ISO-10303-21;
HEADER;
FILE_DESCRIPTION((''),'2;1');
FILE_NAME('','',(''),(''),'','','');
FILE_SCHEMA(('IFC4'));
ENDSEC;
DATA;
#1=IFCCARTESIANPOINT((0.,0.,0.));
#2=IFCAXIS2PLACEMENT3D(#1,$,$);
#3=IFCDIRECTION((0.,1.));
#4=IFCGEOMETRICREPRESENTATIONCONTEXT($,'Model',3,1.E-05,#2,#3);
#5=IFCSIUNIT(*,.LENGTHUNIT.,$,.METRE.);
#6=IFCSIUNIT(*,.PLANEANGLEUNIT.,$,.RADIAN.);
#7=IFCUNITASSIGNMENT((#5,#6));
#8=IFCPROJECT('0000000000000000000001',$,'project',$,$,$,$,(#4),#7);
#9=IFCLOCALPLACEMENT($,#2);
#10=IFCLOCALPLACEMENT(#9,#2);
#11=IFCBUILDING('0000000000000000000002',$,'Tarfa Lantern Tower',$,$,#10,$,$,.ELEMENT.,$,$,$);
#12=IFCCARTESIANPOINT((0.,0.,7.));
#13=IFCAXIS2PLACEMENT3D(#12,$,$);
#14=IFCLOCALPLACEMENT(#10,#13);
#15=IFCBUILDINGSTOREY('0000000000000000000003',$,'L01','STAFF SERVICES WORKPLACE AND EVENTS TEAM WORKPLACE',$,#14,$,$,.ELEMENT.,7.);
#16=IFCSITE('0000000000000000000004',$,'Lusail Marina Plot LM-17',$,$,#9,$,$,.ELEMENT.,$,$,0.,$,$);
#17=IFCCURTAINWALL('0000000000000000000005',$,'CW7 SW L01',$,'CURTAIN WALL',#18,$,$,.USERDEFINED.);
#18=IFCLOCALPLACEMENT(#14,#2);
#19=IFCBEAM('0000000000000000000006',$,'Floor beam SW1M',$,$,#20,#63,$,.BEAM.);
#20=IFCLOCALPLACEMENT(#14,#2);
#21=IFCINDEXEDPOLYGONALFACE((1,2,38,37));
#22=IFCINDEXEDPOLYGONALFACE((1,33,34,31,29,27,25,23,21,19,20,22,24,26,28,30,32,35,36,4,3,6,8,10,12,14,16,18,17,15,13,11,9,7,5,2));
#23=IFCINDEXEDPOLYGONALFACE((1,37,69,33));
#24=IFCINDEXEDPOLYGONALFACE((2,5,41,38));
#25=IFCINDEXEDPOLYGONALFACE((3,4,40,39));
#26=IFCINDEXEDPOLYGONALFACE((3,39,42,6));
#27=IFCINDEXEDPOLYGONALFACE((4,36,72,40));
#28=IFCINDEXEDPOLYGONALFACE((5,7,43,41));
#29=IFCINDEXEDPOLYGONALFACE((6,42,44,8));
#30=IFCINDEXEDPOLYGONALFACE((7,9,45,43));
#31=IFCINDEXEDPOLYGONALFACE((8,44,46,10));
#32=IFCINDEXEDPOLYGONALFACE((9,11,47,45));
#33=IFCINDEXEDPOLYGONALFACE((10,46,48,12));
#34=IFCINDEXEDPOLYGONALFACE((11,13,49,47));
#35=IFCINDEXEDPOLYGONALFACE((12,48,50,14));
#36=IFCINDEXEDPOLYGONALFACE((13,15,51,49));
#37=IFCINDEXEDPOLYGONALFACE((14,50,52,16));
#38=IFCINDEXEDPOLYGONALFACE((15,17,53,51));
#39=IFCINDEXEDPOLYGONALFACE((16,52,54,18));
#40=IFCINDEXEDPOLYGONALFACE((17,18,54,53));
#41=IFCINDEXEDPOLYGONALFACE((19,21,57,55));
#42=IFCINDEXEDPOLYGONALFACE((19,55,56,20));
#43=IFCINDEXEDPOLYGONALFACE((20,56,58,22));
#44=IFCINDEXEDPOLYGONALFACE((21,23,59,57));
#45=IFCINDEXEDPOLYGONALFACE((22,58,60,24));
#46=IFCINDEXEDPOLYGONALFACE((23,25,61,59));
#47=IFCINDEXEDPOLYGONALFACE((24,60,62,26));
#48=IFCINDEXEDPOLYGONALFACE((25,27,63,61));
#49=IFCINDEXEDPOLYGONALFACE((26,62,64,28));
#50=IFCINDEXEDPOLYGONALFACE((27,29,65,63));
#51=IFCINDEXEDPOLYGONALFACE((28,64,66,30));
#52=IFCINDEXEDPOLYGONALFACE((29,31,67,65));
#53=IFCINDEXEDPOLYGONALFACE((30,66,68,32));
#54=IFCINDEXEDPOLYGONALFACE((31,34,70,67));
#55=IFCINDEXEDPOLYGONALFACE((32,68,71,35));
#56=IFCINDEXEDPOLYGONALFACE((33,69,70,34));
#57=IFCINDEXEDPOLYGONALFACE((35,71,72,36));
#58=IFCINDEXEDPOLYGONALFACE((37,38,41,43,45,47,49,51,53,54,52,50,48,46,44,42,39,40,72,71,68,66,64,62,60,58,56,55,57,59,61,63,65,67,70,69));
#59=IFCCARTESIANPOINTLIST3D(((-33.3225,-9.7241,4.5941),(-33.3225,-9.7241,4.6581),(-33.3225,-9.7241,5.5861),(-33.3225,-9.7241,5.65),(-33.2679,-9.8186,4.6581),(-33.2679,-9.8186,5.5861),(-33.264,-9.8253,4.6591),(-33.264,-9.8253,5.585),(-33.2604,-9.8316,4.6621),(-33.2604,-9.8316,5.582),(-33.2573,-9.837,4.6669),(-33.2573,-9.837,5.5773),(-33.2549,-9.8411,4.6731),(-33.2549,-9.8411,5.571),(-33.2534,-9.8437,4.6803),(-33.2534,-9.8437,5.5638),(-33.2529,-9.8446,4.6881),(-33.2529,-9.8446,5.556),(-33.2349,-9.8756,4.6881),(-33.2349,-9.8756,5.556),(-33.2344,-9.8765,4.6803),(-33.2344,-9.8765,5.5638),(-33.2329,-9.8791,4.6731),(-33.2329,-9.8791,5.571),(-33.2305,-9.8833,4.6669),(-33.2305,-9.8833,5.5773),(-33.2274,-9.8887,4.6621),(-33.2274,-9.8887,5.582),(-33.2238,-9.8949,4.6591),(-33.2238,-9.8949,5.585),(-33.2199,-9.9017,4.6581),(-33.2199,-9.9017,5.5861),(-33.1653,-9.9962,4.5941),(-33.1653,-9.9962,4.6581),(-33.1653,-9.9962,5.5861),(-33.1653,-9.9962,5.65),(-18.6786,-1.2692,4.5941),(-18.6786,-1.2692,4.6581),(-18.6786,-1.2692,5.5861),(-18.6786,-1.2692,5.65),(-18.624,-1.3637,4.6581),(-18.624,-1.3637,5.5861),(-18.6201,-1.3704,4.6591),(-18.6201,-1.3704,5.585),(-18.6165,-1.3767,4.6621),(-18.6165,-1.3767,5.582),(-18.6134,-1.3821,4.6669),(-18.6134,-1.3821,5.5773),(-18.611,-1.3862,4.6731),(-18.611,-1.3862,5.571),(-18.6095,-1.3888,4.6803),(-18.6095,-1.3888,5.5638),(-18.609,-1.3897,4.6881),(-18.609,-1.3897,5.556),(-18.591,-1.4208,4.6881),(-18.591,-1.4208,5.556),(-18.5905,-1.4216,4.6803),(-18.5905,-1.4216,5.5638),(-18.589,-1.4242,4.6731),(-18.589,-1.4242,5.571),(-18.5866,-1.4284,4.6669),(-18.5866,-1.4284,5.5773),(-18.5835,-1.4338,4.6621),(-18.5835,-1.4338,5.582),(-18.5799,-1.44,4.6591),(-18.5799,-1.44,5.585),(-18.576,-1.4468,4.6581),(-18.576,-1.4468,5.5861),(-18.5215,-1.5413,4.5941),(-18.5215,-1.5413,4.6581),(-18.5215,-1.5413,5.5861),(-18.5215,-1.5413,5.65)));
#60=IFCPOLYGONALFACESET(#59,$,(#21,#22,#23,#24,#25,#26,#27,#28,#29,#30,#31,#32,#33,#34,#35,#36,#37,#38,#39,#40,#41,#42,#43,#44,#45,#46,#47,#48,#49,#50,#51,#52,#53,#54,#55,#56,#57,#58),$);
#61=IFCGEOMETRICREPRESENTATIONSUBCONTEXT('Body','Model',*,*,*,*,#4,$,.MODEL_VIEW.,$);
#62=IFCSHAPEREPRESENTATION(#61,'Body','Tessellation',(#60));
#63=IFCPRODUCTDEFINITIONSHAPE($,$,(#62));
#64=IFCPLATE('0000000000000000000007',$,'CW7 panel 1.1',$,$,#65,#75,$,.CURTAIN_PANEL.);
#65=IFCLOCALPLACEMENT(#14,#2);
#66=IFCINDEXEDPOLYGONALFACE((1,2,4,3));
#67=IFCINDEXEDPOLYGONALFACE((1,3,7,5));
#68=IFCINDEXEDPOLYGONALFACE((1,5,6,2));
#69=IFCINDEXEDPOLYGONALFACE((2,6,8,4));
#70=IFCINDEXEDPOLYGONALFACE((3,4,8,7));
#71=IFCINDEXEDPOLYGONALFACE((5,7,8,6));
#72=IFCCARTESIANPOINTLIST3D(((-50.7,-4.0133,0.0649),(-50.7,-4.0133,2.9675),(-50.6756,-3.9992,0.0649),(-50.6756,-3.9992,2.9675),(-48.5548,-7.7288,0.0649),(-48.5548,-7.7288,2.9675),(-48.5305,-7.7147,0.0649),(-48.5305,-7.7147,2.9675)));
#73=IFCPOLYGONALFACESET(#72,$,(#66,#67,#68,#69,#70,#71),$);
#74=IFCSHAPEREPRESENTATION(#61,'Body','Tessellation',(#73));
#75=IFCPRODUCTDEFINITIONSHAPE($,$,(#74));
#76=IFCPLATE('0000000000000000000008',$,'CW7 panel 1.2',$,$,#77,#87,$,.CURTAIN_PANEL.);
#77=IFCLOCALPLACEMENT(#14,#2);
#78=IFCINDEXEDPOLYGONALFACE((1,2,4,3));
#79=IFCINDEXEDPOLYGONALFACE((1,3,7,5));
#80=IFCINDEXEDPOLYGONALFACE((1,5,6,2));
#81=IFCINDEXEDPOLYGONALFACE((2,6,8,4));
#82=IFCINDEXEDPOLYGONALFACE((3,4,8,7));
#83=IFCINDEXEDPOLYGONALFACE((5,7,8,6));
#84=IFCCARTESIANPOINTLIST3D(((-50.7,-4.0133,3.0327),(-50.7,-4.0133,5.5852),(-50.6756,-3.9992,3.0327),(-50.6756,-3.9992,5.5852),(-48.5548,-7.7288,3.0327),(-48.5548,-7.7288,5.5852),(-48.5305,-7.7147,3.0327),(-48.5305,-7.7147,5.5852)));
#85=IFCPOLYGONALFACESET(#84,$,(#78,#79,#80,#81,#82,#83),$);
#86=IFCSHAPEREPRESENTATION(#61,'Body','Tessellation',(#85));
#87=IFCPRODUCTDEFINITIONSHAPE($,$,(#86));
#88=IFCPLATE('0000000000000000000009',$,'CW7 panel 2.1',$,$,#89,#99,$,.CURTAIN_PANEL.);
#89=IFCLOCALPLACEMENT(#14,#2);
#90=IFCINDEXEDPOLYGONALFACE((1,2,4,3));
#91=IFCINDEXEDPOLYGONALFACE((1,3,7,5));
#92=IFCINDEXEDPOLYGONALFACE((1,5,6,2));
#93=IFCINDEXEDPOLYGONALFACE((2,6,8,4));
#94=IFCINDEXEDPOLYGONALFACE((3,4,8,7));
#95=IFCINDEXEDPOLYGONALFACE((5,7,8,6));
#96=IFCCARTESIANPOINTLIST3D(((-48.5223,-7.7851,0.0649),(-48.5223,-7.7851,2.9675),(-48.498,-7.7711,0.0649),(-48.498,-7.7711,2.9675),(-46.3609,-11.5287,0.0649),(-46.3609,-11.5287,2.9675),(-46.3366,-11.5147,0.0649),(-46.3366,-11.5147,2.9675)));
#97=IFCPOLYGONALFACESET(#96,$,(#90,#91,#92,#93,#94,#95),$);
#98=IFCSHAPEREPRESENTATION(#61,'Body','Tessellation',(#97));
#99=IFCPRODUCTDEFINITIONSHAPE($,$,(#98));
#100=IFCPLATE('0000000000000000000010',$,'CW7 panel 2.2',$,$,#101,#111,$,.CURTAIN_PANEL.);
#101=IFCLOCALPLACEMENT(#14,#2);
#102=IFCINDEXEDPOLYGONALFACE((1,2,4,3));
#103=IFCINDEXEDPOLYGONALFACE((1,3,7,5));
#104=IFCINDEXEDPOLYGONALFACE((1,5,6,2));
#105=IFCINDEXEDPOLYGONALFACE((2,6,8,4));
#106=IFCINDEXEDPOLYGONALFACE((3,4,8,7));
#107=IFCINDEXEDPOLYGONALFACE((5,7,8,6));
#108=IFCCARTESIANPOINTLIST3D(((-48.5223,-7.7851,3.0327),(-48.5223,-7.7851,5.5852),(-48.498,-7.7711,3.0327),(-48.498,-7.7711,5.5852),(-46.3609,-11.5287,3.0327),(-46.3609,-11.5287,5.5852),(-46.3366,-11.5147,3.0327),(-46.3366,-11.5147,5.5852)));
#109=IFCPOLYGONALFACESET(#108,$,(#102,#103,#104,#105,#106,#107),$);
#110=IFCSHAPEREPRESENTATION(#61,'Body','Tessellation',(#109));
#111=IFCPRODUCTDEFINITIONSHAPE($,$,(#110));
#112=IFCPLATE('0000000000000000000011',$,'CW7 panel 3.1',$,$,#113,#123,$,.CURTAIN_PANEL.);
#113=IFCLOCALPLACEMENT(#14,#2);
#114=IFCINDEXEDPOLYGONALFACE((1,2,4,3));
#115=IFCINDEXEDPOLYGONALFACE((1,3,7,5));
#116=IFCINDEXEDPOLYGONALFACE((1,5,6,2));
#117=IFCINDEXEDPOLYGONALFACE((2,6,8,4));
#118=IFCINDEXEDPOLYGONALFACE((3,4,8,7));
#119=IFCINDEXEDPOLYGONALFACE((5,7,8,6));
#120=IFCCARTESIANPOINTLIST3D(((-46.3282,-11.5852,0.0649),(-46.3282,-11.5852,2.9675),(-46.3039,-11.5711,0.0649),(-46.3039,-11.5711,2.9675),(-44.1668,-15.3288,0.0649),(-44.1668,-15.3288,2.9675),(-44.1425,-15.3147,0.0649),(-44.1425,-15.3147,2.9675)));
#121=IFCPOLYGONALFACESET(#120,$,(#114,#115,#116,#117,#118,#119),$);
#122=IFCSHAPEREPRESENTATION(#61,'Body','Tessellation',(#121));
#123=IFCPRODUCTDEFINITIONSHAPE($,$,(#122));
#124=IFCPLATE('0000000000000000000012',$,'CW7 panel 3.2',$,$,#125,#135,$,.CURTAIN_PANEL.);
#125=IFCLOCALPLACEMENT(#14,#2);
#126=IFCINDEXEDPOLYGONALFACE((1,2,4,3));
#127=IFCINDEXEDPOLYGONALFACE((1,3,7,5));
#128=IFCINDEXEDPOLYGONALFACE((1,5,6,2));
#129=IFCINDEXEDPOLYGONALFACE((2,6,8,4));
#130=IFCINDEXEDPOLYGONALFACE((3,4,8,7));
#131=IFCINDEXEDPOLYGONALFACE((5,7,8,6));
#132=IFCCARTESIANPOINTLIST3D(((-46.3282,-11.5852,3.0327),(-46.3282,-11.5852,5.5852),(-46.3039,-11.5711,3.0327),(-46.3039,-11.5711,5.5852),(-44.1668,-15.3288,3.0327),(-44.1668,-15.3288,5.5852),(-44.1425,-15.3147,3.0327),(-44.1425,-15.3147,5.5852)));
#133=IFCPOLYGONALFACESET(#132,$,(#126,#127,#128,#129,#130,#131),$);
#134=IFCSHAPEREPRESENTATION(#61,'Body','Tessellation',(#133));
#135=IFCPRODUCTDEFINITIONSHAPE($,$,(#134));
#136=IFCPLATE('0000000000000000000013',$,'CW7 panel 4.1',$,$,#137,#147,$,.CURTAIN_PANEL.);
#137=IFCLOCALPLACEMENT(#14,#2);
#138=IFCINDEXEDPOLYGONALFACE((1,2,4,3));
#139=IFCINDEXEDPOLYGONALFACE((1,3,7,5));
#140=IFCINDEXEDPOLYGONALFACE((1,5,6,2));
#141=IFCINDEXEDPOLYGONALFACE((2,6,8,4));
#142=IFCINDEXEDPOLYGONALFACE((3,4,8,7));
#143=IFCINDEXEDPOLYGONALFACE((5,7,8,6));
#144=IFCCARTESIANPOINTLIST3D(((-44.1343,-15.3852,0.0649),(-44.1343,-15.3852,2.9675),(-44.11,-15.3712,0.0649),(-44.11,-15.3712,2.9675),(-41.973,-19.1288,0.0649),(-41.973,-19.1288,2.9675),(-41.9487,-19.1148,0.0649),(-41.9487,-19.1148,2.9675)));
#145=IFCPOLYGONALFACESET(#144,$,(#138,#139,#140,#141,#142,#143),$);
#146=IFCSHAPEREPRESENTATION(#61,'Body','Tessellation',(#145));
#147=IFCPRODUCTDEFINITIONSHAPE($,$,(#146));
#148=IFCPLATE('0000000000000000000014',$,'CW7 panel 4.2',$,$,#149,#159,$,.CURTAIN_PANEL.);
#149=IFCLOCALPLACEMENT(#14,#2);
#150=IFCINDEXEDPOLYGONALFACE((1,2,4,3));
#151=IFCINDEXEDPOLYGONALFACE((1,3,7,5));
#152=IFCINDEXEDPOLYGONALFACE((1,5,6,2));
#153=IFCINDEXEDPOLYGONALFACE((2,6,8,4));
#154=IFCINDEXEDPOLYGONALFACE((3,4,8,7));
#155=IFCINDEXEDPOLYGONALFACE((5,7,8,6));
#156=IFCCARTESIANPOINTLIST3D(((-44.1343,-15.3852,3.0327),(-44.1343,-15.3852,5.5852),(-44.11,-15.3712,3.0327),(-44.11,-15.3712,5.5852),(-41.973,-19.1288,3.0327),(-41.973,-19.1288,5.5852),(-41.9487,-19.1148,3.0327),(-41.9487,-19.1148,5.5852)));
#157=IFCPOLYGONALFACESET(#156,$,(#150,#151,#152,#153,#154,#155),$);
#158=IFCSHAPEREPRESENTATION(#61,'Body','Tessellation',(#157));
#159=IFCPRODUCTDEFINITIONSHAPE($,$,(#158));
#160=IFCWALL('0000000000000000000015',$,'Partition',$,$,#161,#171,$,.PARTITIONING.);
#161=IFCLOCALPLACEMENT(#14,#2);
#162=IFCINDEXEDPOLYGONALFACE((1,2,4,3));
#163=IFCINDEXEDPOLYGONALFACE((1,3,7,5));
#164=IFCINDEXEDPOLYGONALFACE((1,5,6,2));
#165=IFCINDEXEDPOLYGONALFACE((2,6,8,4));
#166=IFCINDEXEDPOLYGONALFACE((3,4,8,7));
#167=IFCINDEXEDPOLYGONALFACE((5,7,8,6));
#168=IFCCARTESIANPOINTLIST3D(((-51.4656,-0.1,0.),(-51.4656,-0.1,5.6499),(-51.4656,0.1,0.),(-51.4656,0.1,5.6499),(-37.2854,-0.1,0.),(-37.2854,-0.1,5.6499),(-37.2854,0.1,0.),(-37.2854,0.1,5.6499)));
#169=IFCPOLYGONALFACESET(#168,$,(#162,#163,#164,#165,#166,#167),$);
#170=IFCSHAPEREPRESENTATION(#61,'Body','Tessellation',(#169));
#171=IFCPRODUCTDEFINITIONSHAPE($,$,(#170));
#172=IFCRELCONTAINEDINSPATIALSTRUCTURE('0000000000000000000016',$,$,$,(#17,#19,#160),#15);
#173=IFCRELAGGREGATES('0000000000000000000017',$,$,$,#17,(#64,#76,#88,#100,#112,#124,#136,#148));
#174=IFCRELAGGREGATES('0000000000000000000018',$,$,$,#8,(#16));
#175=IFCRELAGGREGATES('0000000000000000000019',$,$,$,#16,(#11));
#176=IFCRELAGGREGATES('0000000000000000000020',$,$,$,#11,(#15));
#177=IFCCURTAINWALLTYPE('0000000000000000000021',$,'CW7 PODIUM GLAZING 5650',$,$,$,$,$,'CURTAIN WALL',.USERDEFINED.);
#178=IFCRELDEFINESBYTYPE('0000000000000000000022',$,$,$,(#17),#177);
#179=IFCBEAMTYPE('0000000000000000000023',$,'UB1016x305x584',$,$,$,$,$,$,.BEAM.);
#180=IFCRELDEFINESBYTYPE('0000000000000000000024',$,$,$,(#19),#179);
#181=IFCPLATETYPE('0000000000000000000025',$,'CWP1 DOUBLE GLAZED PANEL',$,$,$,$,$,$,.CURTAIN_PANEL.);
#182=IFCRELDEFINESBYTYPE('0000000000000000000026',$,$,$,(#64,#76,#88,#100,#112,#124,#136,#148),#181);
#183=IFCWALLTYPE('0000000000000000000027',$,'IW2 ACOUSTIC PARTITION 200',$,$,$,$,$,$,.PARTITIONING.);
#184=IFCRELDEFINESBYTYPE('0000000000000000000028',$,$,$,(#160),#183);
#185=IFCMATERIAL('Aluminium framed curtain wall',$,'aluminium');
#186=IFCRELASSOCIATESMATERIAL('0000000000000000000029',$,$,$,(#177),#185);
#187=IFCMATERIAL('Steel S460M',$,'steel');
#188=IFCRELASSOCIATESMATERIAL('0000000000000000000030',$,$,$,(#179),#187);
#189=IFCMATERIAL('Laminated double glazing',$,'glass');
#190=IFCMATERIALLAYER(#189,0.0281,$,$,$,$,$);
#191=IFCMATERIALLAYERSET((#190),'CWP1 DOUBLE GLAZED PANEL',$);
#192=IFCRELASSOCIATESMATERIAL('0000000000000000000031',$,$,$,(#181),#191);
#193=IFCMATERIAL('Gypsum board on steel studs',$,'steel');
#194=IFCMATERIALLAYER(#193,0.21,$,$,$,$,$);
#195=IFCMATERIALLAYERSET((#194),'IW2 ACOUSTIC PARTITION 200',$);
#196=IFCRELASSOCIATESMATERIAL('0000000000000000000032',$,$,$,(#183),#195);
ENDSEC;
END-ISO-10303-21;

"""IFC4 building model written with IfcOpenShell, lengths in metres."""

from ifc_helpers import new_model, si_unit, direction, frame, frame_2d, origin, origin_2d, place, context, subcontext, project, spatial, rectangle, i_section, extrude, material, layer, layer_set, material_profile, profile_set, type_object, element, aggregate, save


model = new_model("IFC4")

# Units and contexts
model_context = context("Model", 3, precision=1e-05, world=origin(), true_north=direction((0.0, 1.0)))
body_context = subcontext(model_context, "Body", "Model", "MODEL_VIEW")
ifc_project = project(units=[si_unit("LENGTHUNIT", "METRE"), si_unit("PLANEANGLEUNIT", "RADIAN")], contexts=[model_context])

# Site, building, storey
site_placement = place(None, origin())
site = spatial("IfcSite", under=ifc_project, at=site_placement, Name="Lusail Marina Plot LM-17", CompositionType="ELEMENT", RefElevation=0.0)
building_placement = place(site_placement, origin())
building = spatial("IfcBuilding", under=site, at=building_placement, Name="Tarfa Lantern Tower", CompositionType="ELEMENT")
storey_placement = place(building_placement, frame((0.0, 0.0, 7.0)))
storey = spatial("IfcBuildingStorey", under=building, at=storey_placement, Name="L01", Description="STAFF SERVICES WORKPLACE AND EVENTS TEAM WORKPLACE", CompositionType="ELEMENT", Elevation=7.0)

# Curtain wall
ifc_material_1 = material(Name="Aluminium framed curtain wall", Category="aluminium")
curtain_wall_type = type_object("IfcCurtainWallType", Name="CW7 PODIUM GLAZING 5650", ElementType="CURTAIN WALL", PredefinedType="USERDEFINED", material=ifc_material_1)
curtain_wall_placement = place(storey_placement, origin())
curtain_wall = element("IfcCurtainWall", 1, at=curtain_wall_placement, inside=storey, type_object=curtain_wall_type, Name="CW7 SW L01", ObjectType="CURTAIN WALL", PredefinedType="USERDEFINED")

# Beam
ifc_material_2 = material(Name="Steel S460M", Category="steel")
ifc_material_profile_1 = material_profile(ifc_material_2, i_section(OverallWidth=0.3142, OverallDepth=1.0559, WebThickness=0.0359, FlangeThickness=0.064, FilletRadius=0.03, at=origin_2d()), Name="UB1016x305x584")
ifc_profile_set_1 = profile_set([ifc_material_profile_1], Name="Steel S460M")
beam_type_1 = type_object("IfcBeamType", Name="UB1016x305x584", PredefinedType="BEAM", material=ifc_profile_set_1)
beam_1_placement = place(storey_placement, frame((-33.2439, -9.8601, 5.1221), z_axis=(0.866019, 0.50001, 0.0), x_axis=(-0.50001, 0.866019, 0.0)))
element("IfcBeam", 2, at=beam_1_placement, inside=storey, type_object=beam_type_1, Name="Floor beam SW1M", PredefinedType="BEAM", context=body_context, shape_type="SweptSolid", body=[
    extrude(i_section(OverallWidth=0.3142, OverallDepth=1.0559, WebThickness=0.0359, FlangeThickness=0.064, FilletRadius=0.03, at=origin_2d()), origin(), (0.0, 0.0, 1.0), 16.9094),
])

# Plates
ifc_material_3 = material(Name="Laminated double glazing", Category="glass")
ifc_layer_1 = layer(ifc_material_3, 0.0281)
ifc_layer_set_1 = layer_set([ifc_layer_1], Name="CWP1 DOUBLE GLAZED PANEL")
plate_type = type_object("IfcPlateType", Name="CWP1 DOUBLE GLAZED PANEL", PredefinedType="CURTAIN_PANEL", material=ifc_layer_set_1)
plate_1_placement = place(storey_placement, frame((-49.6152, -5.864, 0.0649), z_axis=(0.0, 0.0, 1.0), x_axis=(0.5, -0.866025, 0.0)))
plate_1 = element("IfcPlate", 3, at=plate_1_placement, type_object=plate_type, Name="CW7 panel 1.1", PredefinedType="CURTAIN_PANEL", context=body_context, shape_type="SweptSolid", body=[
    extrude(rectangle(XDim=4.2903, YDim=0.0281, at=origin_2d()), origin(), (0.0, 0.0, 1.0), 2.9026),
])
plate_2_placement = place(storey_placement, frame((-49.6152, -5.864, 3.0327), z_axis=(0.0, 0.0, 1.0), x_axis=(0.5, -0.866025, 0.0)))
plate_2 = element("IfcPlate", 4, at=plate_2_placement, type_object=plate_type, Name="CW7 panel 1.2", PredefinedType="CURTAIN_PANEL", context=body_context, shape_type="SweptSolid", body=[
    extrude(rectangle(XDim=4.2903, YDim=0.0281, at=origin_2d()), origin(), (0.0, 0.0, 1.0), 2.5525),
])
plate_3_placement = place(storey_placement, frame((-47.4294, -9.6499, 0.0649), z_axis=(0.0, 0.0, 1.0), x_axis=(0.5, -0.866025, 0.0)))
plate_3 = element("IfcPlate", 5, at=plate_3_placement, type_object=plate_type, Name="CW7 panel 2.1", PredefinedType="CURTAIN_PANEL", context=body_context, shape_type="SweptSolid", body=[
    extrude(rectangle(XDim=4.3228, YDim=0.0281, at=origin_2d()), origin(), (0.0, 0.0, 1.0), 2.9026),
])
plate_4_placement = place(storey_placement, frame((-47.4294, -9.6499, 3.0327), z_axis=(0.0, 0.0, 1.0), x_axis=(0.5, -0.866025, 0.0)))
plate_4 = element("IfcPlate", 6, at=plate_4_placement, type_object=plate_type, Name="CW7 panel 2.2", PredefinedType="CURTAIN_PANEL", context=body_context, shape_type="SweptSolid", body=[
    extrude(rectangle(XDim=4.3228, YDim=0.0281, at=origin_2d()), origin(), (0.0, 0.0, 1.0), 2.5525),
])
plate_5_placement = place(storey_placement, frame((-45.2354, -13.45, 0.0649), z_axis=(0.0, 0.0, 1.0), x_axis=(0.5, -0.866025, 0.0)))
plate_5 = element("IfcPlate", 7, at=plate_5_placement, type_object=plate_type, Name="CW7 panel 3.1", PredefinedType="CURTAIN_PANEL", context=body_context, shape_type="SweptSolid", body=[
    extrude(rectangle(XDim=4.3228, YDim=0.0281, at=origin_2d()), origin(), (0.0, 0.0, 1.0), 2.9026),
])
plate_6_placement = place(storey_placement, frame((-45.2354, -13.45, 3.0327), z_axis=(0.0, 0.0, 1.0), x_axis=(0.5, -0.866025, 0.0)))
plate_6 = element("IfcPlate", 8, at=plate_6_placement, type_object=plate_type, Name="CW7 panel 3.2", PredefinedType="CURTAIN_PANEL", context=body_context, shape_type="SweptSolid", body=[
    extrude(rectangle(XDim=4.3228, YDim=0.0281, at=origin_2d()), origin(), (0.0, 0.0, 1.0), 2.5525),
])
plate_7_placement = place(storey_placement, frame((-43.0415, -17.25, 0.0649), z_axis=(0.0, 0.0, 1.0), x_axis=(0.5, -0.866025, 0.0)))
plate_7 = element("IfcPlate", 9, at=plate_7_placement, type_object=plate_type, Name="CW7 panel 4.1", PredefinedType="CURTAIN_PANEL", context=body_context, shape_type="SweptSolid", body=[
    extrude(rectangle(XDim=4.3228, YDim=0.0281, at=origin_2d()), origin(), (0.0, 0.0, 1.0), 2.9026),
])
plate_8_placement = place(storey_placement, frame((-43.0415, -17.25, 3.0327), z_axis=(0.0, 0.0, 1.0), x_axis=(0.5, -0.866025, 0.0)))
plate_8 = element("IfcPlate", 10, at=plate_8_placement, type_object=plate_type, Name="CW7 panel 4.2", PredefinedType="CURTAIN_PANEL", context=body_context, shape_type="SweptSolid", body=[
    extrude(rectangle(XDim=4.3228, YDim=0.0281, at=origin_2d()), origin(), (0.0, 0.0, 1.0), 2.5525),
])
aggregate(curtain_wall, [plate_1, plate_2, plate_3, plate_4, plate_5, plate_6, plate_7, plate_8])

# Wall
ifc_material_4 = material(Name="Gypsum board on steel studs", Category="steel")
ifc_layer_2 = layer(ifc_material_4, 0.21)
ifc_layer_set_2 = layer_set([ifc_layer_2], Name="IW2 ACOUSTIC PARTITION 200")
wall_type = type_object("IfcWallType", Name="IW2 ACOUSTIC PARTITION 200", PredefinedType="PARTITIONING", material=ifc_layer_set_2)
wall_placement = place(storey_placement, frame((-37.2854, 0.0, 0.0), z_axis=(0.0, 0.0, 1.0), x_axis=(-1.0, 0.0, 0.0)))
element("IfcWall", 11, at=wall_placement, inside=storey, type_object=wall_type, Name="Partition", PredefinedType="PARTITIONING", context=body_context, shape_type="SweptSolid", body=[
    extrude(rectangle(XDim=14.1802, YDim=0.2, at=frame_2d((7.0901, 0.0))), origin(), (0.0, 0.0, 1.0), 5.6499),
])

save(model, "model.ifc")
